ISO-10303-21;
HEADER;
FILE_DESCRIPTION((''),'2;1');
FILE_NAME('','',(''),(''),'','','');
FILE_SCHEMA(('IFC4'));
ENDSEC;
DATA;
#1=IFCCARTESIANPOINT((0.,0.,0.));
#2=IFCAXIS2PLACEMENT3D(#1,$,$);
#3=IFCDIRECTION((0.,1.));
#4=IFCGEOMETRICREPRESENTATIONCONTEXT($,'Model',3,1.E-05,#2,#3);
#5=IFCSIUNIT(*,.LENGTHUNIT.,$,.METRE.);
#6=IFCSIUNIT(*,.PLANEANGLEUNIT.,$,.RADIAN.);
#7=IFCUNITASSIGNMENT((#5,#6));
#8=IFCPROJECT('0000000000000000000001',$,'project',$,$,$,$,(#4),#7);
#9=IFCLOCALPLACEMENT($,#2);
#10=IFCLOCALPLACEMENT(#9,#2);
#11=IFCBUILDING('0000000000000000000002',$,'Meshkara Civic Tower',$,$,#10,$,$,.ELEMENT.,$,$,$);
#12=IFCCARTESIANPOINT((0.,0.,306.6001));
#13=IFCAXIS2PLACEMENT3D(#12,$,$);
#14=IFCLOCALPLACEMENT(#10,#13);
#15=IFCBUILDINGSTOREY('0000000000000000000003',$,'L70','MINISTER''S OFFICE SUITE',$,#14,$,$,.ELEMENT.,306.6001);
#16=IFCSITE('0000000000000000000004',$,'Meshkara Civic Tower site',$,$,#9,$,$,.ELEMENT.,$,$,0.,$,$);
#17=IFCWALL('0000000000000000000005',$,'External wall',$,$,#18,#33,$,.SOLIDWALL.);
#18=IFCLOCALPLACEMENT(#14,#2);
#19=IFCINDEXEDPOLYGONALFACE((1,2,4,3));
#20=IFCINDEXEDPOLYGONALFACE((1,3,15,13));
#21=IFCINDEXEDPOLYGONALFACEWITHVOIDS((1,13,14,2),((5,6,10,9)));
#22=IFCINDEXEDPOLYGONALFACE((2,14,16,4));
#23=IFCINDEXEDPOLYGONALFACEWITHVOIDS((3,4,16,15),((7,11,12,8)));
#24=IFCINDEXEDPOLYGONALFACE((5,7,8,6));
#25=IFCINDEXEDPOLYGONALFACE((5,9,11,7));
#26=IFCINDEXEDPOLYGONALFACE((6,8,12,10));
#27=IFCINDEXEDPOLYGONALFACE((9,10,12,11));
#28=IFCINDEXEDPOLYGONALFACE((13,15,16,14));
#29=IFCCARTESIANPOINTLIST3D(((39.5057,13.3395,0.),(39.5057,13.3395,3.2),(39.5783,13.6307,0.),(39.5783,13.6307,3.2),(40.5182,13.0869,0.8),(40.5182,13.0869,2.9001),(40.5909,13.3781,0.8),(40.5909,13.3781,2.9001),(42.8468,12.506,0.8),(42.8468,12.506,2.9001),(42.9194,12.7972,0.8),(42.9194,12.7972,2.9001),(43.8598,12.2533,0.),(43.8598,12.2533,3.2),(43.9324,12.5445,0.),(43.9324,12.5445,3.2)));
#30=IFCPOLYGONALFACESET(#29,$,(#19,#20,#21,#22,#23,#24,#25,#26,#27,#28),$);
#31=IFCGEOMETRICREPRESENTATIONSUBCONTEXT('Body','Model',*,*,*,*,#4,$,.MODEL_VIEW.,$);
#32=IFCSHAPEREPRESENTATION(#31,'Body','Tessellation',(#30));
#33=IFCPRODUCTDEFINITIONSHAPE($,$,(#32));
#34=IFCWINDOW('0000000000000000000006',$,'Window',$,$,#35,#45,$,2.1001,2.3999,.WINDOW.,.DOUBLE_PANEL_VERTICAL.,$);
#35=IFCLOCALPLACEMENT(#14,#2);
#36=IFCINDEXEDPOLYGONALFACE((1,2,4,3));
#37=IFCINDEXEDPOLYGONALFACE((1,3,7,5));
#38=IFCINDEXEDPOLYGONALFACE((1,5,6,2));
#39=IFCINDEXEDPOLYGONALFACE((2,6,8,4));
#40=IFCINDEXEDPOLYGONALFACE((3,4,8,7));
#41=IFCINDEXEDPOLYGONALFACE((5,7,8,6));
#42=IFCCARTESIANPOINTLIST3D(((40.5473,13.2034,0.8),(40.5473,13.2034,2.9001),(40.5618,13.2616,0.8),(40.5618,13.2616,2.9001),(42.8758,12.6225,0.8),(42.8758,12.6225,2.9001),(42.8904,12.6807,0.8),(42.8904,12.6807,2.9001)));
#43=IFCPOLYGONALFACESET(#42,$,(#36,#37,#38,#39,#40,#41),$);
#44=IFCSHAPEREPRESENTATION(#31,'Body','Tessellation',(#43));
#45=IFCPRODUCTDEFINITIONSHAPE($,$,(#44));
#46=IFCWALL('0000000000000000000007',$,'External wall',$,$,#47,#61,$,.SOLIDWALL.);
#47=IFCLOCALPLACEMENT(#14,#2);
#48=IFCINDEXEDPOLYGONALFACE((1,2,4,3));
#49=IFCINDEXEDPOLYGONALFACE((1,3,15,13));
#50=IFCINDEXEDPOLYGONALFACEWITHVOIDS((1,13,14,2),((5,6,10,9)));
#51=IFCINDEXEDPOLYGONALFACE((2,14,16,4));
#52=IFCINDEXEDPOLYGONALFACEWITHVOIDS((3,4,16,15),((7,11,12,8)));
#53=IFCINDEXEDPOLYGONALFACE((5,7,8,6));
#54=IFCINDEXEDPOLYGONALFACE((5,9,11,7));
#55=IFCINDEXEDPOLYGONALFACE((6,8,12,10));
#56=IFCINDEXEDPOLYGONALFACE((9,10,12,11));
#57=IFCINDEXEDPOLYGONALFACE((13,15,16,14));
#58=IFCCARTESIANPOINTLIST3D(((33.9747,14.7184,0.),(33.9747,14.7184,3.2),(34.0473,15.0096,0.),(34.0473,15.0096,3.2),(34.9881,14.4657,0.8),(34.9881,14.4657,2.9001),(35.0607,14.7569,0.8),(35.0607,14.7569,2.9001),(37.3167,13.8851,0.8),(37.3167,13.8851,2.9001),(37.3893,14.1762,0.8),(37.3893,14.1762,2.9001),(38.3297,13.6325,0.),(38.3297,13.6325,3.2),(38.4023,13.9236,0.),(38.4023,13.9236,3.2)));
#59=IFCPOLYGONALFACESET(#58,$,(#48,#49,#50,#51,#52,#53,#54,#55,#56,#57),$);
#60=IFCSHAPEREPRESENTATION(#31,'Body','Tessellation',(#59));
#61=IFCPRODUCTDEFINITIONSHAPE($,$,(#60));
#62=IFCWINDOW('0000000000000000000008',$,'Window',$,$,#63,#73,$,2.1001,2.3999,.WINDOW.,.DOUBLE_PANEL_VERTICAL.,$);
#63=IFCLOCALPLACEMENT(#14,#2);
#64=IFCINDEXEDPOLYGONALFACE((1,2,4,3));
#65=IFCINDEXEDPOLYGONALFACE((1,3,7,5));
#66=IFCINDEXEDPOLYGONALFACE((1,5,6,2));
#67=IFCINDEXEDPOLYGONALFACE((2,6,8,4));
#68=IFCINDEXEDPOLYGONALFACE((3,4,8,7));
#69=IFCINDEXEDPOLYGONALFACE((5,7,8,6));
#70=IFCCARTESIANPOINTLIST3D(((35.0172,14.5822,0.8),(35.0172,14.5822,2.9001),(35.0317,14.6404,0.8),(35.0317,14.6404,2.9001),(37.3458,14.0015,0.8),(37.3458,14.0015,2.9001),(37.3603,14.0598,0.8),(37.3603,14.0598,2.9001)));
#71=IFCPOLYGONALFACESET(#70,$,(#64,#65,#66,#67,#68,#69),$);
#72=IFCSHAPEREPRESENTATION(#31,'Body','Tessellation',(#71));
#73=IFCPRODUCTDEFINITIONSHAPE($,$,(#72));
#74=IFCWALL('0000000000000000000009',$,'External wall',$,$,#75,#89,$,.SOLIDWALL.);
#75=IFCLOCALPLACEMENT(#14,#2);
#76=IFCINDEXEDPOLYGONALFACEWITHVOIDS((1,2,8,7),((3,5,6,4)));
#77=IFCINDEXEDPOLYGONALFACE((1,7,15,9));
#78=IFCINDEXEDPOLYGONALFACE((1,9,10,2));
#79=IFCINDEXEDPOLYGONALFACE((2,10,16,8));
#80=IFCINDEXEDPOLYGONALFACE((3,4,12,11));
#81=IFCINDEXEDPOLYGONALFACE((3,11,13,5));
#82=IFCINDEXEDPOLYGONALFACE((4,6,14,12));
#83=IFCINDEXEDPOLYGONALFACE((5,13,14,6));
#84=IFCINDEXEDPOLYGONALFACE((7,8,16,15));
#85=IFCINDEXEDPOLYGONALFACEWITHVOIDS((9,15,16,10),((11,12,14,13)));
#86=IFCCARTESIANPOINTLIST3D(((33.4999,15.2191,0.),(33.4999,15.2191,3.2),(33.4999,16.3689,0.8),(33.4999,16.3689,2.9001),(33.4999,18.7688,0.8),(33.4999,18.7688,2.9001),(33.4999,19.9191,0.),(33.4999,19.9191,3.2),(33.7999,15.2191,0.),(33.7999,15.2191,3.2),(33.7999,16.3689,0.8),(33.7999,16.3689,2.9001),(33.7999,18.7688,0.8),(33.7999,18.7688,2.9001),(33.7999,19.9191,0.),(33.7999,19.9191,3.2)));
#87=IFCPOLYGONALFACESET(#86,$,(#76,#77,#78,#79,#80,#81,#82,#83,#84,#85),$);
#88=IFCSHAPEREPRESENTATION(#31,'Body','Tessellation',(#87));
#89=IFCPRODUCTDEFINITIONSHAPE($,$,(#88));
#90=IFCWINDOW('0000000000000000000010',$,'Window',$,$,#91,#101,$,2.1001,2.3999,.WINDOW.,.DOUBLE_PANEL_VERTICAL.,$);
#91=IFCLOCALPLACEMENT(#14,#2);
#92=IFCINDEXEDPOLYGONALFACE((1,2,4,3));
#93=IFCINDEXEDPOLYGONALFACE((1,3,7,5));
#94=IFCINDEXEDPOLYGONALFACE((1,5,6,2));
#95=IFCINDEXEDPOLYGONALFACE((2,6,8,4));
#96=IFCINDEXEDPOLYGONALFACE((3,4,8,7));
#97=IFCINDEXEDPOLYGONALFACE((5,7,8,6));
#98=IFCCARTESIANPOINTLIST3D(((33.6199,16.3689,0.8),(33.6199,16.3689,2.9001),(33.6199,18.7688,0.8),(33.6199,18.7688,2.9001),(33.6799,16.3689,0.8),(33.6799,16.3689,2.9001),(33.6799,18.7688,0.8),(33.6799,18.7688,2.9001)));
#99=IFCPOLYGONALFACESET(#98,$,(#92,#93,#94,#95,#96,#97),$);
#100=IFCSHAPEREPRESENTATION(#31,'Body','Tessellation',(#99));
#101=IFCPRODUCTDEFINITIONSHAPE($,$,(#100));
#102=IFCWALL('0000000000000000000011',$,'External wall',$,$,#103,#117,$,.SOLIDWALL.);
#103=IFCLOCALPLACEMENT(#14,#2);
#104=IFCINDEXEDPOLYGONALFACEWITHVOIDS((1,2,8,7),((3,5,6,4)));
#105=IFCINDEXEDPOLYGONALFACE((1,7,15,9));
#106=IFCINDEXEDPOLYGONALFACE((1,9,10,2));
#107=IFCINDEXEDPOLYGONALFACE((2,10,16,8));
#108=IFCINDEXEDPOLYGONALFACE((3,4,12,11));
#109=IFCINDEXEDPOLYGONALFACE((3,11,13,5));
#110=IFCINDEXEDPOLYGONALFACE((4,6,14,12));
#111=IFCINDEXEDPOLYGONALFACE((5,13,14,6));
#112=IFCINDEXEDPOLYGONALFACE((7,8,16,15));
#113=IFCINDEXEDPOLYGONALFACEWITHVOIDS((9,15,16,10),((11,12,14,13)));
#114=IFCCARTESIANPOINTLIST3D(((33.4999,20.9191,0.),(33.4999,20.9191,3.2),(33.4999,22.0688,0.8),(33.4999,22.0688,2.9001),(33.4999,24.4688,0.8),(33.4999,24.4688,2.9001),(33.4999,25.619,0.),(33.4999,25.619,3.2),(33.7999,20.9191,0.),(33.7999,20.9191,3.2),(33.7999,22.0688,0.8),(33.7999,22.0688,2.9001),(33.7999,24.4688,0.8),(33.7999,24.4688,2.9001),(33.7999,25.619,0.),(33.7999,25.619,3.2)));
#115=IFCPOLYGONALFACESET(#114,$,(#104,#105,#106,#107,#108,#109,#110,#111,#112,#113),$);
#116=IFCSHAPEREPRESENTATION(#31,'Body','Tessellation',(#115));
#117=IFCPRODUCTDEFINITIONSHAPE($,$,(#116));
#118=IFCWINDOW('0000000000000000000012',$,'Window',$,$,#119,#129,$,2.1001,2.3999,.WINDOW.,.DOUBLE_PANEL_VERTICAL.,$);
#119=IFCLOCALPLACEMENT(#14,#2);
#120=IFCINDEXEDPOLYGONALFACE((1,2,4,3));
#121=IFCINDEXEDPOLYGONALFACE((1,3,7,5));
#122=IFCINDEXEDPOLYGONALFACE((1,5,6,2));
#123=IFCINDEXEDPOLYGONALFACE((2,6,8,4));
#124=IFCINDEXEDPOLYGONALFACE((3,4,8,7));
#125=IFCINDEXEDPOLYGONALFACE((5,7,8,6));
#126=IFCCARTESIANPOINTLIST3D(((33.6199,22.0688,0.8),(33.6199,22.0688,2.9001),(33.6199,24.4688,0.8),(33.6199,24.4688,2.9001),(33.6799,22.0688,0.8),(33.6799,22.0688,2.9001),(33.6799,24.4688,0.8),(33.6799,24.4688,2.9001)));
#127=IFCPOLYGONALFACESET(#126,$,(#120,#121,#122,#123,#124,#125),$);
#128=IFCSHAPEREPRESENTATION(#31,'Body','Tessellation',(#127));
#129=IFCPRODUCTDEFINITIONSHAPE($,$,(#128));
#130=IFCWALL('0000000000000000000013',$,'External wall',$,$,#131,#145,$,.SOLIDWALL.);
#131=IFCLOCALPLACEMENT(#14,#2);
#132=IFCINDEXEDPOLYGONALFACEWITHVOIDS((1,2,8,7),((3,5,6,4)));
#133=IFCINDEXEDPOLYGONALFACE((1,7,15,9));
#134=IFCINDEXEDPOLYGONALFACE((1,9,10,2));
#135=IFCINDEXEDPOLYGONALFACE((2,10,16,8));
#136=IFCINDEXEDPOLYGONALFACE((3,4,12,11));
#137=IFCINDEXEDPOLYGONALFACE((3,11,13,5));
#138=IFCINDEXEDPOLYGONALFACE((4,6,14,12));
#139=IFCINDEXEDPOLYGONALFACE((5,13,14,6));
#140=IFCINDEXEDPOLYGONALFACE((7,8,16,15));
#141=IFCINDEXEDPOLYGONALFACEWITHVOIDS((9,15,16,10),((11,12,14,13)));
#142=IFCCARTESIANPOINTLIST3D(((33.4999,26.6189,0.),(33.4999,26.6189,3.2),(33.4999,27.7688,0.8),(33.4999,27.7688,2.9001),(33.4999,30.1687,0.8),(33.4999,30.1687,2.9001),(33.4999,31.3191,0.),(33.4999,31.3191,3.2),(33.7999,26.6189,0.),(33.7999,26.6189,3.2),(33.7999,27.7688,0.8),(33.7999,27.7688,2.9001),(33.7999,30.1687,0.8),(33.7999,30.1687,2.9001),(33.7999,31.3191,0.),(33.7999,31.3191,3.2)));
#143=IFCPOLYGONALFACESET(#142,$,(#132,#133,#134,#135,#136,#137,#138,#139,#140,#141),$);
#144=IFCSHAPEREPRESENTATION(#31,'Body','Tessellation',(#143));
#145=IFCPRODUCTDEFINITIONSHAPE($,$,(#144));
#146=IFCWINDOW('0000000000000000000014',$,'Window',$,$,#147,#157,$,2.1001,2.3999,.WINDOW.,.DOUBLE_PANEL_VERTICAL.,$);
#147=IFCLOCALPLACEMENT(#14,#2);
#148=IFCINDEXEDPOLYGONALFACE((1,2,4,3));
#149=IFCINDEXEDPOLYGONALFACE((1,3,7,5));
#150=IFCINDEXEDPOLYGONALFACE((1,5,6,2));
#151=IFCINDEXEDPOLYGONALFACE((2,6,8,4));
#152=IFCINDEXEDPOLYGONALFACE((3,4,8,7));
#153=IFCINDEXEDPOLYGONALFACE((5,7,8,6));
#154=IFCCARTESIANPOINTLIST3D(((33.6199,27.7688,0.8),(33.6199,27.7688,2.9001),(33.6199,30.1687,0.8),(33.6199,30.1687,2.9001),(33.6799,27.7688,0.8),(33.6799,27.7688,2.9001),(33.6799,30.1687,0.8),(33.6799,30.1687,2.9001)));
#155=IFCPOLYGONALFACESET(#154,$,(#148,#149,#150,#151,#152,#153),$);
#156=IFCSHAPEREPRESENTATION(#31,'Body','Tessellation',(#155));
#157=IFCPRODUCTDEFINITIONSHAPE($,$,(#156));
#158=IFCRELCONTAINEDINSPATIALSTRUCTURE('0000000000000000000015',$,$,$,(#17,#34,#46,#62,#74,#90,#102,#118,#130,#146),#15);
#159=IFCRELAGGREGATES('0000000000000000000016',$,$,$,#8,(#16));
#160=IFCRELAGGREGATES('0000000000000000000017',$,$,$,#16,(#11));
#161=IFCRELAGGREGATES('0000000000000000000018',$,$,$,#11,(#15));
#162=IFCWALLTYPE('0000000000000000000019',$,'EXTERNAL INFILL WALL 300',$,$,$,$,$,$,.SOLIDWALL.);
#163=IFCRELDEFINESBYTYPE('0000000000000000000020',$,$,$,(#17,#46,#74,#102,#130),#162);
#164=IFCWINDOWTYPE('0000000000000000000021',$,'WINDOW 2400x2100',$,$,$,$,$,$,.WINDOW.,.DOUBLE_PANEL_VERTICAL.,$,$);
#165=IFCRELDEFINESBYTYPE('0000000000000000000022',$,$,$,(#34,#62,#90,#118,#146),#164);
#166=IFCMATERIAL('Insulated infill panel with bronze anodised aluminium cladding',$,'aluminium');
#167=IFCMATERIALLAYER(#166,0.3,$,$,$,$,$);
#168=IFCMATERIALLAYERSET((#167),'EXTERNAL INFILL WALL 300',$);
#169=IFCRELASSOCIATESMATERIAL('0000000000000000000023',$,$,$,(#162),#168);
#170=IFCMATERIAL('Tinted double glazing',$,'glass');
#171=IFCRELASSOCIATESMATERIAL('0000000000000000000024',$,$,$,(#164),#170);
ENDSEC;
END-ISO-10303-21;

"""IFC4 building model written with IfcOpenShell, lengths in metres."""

from ifc_helpers import new_model, si_unit, direction, frame, frame_2d, origin, place, context, subcontext, project, spatial, rectangle, extrude, material, layer, layer_set, type_object, element, fill, save


model = new_model("IFC4")

# Units and contexts
model_context = context("Model", 3, precision=1e-05, world=origin(), true_north=direction((0.0, 1.0)))
body_context = subcontext(model_context, "Body", "Model", "MODEL_VIEW")
ifc_project = project(units=[si_unit("LENGTHUNIT", "METRE"), si_unit("PLANEANGLEUNIT", "RADIAN")], contexts=[model_context])

# Site, building, storey
site_placement = place(None, origin())
site = spatial("IfcSite", under=ifc_project, at=site_placement, Name="Meshkara Civic Tower site", CompositionType="ELEMENT", RefElevation=0.0)
building_placement = place(site_placement, origin())
building = spatial("IfcBuilding", under=site, at=building_placement, Name="Meshkara Civic Tower", CompositionType="ELEMENT")
storey_placement = place(building_placement, frame((0.0, 0.0, 306.6001)))
storey = spatial("IfcBuildingStorey", under=building, at=storey_placement, Name="L70", Description="MINISTER'S OFFICE SUITE", CompositionType="ELEMENT", Elevation=306.6001)

# Walls, openings, windows
ifc_material_1 = material(Name="Insulated infill panel with bronze anodised aluminium cladding", Category="aluminium")
ifc_layer_1 = layer(ifc_material_1, 0.3)
ifc_layer_set_1 = layer_set([ifc_layer_1], Name="EXTERNAL INFILL WALL 300")
wall_type_1 = type_object("IfcWallType", Name="EXTERNAL INFILL WALL 300", PredefinedType="SOLIDWALL", material=ifc_layer_set_1)
wall_1_placement = place(storey_placement, frame((43.896, 12.3989, 0.0), z_axis=(0.0, 0.0, 1.0), x_axis=(-0.970264, 0.242049, 0.0)))
wall_1 = element("IfcWall", 1, at=wall_1_placement, inside=storey, type_object=wall_type_1, Name="External wall", PredefinedType="SOLIDWALL", context=body_context, shape_type="SweptSolid", body=[
    extrude(rectangle(XDim=4.4875, YDim=0.3, at=frame_2d((2.2437, 0.0))), origin(), (0.0, 0.0, 1.0), 3.2),
])
opening_1_placement = place(wall_1_placement, frame((1.0439, 0.0, 0.8)))
opening_1 = element("IfcOpeningElement", 2, at=opening_1_placement, cuts=wall_1, PredefinedType="OPENING", context=body_context, shape_type="SweptSolid", body=[
    extrude(rectangle(XDim=2.3999, YDim=2.1001, at=frame_2d((1.2, 1.05))), frame((0.0, 0.1599, 0.0), z_axis=(0.0, -1.0, 0.0), x_axis=(1.0, 0.0, 0.0)), (0.0, 0.0, 1.0), 0.3201),
])
ifc_material_2 = material(Name="Tinted double glazing", Category="glass")
window_type = type_object("IfcWindowType", Name="WINDOW 2400x2100", PartitioningType="DOUBLE_PANEL_VERTICAL", PredefinedType="WINDOW", material=ifc_material_2)
window_1_placement = place(opening_1_placement, origin())
window_1 = element("IfcWindow", 3, at=window_1_placement, inside=storey, type_object=window_type, Name="Window", OverallHeight=2.1001, OverallWidth=2.3999, PartitioningType="DOUBLE_PANEL_VERTICAL", PredefinedType="WINDOW", context=body_context, shape_type="SweptSolid", body=[
    extrude(rectangle(XDim=2.3999, YDim=2.1001, at=frame_2d((1.2, 1.05))), frame((0.0, 0.03, 0.0), z_axis=(0.0, -1.0, 0.0), x_axis=(1.0, 0.0, 0.0)), (0.0, 0.0, 1.0), 0.0601),
])
fill(opening_1, window_1)
wall_2_placement = place(storey_placement, frame((38.366, 13.7781, 0.0), z_axis=(0.0, 0.0, 1.0), x_axis=(-0.97029, 0.241947, 0.0)))
wall_2 = element("IfcWall", 4, at=wall_2_placement, inside=storey, type_object=wall_type_1, Name="External wall", PredefinedType="SOLIDWALL", context=body_context, shape_type="SweptSolid", body=[
    extrude(rectangle(XDim=4.4883, YDim=0.3, at=frame_2d((2.2441, 0.0))), origin(), (0.0, 0.0, 1.0), 3.2),
])
opening_2_placement = place(wall_2_placement, frame((1.0439, 0.0, 0.8)))
opening_2 = element("IfcOpeningElement", 5, at=opening_2_placement, cuts=wall_2, PredefinedType="OPENING", context=body_context, shape_type="SweptSolid", body=[
    extrude(rectangle(XDim=2.3999, YDim=2.1001, at=frame_2d((1.2, 1.05))), frame((0.0, 0.1599, 0.0), z_axis=(0.0, -1.0, 0.0), x_axis=(1.0, 0.0, 0.0)), (0.0, 0.0, 1.0), 0.3201),
])
window_2_placement = place(opening_2_placement, origin())
window_2 = element("IfcWindow", 6, at=window_2_placement, inside=storey, type_object=window_type, Name="Window", OverallHeight=2.1001, OverallWidth=2.3999, PartitioningType="DOUBLE_PANEL_VERTICAL", PredefinedType="WINDOW", context=body_context, shape_type="SweptSolid", body=[
    extrude(rectangle(XDim=2.3999, YDim=2.1001, at=frame_2d((1.2, 1.05))), frame((0.0, 0.03, 0.0), z_axis=(0.0, -1.0, 0.0), x_axis=(1.0, 0.0, 0.0)), (0.0, 0.0, 1.0), 0.0601),
])
fill(opening_2, window_2)
wall_3_placement = place(storey_placement, frame((33.6499, 15.219, 0.0), z_axis=(0.0, 0.0, 1.0), x_axis=(0.0, 1.0, 0.0)))
wall_3 = element("IfcWall", 7, at=wall_3_placement, inside=storey, type_object=wall_type_1, Name="External wall", PredefinedType="SOLIDWALL", context=body_context, shape_type="SweptSolid", body=[
    extrude(rectangle(XDim=4.7, YDim=0.3, at=frame_2d((2.3501, 0.0))), origin(), (0.0, 0.0, 1.0), 3.2),
])
opening_3_placement = place(wall_3_placement, frame((1.1499, 0.0, 0.8)))
opening_3 = element("IfcOpeningElement", 8, at=opening_3_placement, cuts=wall_3, PredefinedType="OPENING", context=body_context, shape_type="SweptSolid", body=[
    extrude(rectangle(XDim=2.3999, YDim=2.1001, at=frame_2d((1.2, 1.05))), frame((0.0, 0.1599, 0.0), z_axis=(0.0, -1.0, 0.0), x_axis=(1.0, 0.0, 0.0)), (0.0, 0.0, 1.0), 0.3201),
])
window_3_placement = place(opening_3_placement, origin())
window_3 = element("IfcWindow", 9, at=window_3_placement, inside=storey, type_object=window_type, Name="Window", OverallHeight=2.1001, OverallWidth=2.3999, PartitioningType="DOUBLE_PANEL_VERTICAL", PredefinedType="WINDOW", context=body_context, shape_type="SweptSolid", body=[
    extrude(rectangle(XDim=2.3999, YDim=2.1001, at=frame_2d((1.2, 1.05))), frame((0.0, 0.03, 0.0), z_axis=(0.0, -1.0, 0.0), x_axis=(1.0, 0.0, 0.0)), (0.0, 0.0, 1.0), 0.0601),
])
fill(opening_3, window_3)
wall_4_placement = place(storey_placement, frame((33.6499, 20.9189, 0.0), z_axis=(0.0, 0.0, 1.0), x_axis=(0.0, 1.0, 0.0)))
wall_4 = element("IfcWall", 10, at=wall_4_placement, inside=storey, type_object=wall_type_1, Name="External wall", PredefinedType="SOLIDWALL", context=body_context, shape_type="SweptSolid", body=[
    extrude(rectangle(XDim=4.7, YDim=0.3, at=frame_2d((2.3501, 0.0))), origin(), (0.0, 0.0, 1.0), 3.2),
])
opening_4_placement = place(wall_4_placement, frame((1.1499, 0.0, 0.8)))
opening_4 = element("IfcOpeningElement", 11, at=opening_4_placement, cuts=wall_4, PredefinedType="OPENING", context=body_context, shape_type="SweptSolid", body=[
    extrude(rectangle(XDim=2.3999, YDim=2.1001, at=frame_2d((1.2, 1.05))), frame((0.0, 0.1599, 0.0), z_axis=(0.0, -1.0, 0.0), x_axis=(1.0, 0.0, 0.0)), (0.0, 0.0, 1.0), 0.3201),
])
window_4_placement = place(opening_4_placement, origin())
window_4 = element("IfcWindow", 12, at=window_4_placement, inside=storey, type_object=window_type, Name="Window", OverallHeight=2.1001, OverallWidth=2.3999, PartitioningType="DOUBLE_PANEL_VERTICAL", PredefinedType="WINDOW", context=body_context, shape_type="SweptSolid", body=[
    extrude(rectangle(XDim=2.3999, YDim=2.1001, at=frame_2d((1.2, 1.05))), frame((0.0, 0.03, 0.0), z_axis=(0.0, -1.0, 0.0), x_axis=(1.0, 0.0, 0.0)), (0.0, 0.0, 1.0), 0.0601),
])
fill(opening_4, window_4)
wall_5_placement = place(storey_placement, frame((33.6499, 26.6189, 0.0), z_axis=(0.0, 0.0, 1.0), x_axis=(0.0, 1.0, 0.0)))
wall_5 = element("IfcWall", 13, at=wall_5_placement, inside=storey, type_object=wall_type_1, Name="External wall", PredefinedType="SOLIDWALL", context=body_context, shape_type="SweptSolid", body=[
    extrude(rectangle(XDim=4.7002, YDim=0.3, at=frame_2d((2.3501, 0.0))), origin(), (0.0, 0.0, 1.0), 3.2),
])
opening_5_placement = place(wall_5_placement, frame((1.1499, 0.0, 0.8)))
opening_5 = element("IfcOpeningElement", 14, at=opening_5_placement, cuts=wall_5, PredefinedType="OPENING", context=body_context, shape_type="SweptSolid", body=[
    extrude(rectangle(XDim=2.3999, YDim=2.1001, at=frame_2d((1.2, 1.05))), frame((0.0, 0.1599, 0.0), z_axis=(0.0, -1.0, 0.0), x_axis=(1.0, 0.0, 0.0)), (0.0, 0.0, 1.0), 0.3201),
])
window_5_placement = place(opening_5_placement, origin())
window_5 = element("IfcWindow", 15, at=window_5_placement, inside=storey, type_object=window_type, Name="Window", OverallHeight=2.1001, OverallWidth=2.3999, PartitioningType="DOUBLE_PANEL_VERTICAL", PredefinedType="WINDOW", context=body_context, shape_type="SweptSolid", body=[
    extrude(rectangle(XDim=2.3999, YDim=2.1001, at=frame_2d((1.2, 1.05))), frame((0.0, 0.03, 0.0), z_axis=(0.0, -1.0, 0.0), x_axis=(1.0, 0.0, 0.0)), (0.0, 0.0, 1.0), 0.0601),
])
fill(opening_5, window_5)

save(model, "model.ifc")
